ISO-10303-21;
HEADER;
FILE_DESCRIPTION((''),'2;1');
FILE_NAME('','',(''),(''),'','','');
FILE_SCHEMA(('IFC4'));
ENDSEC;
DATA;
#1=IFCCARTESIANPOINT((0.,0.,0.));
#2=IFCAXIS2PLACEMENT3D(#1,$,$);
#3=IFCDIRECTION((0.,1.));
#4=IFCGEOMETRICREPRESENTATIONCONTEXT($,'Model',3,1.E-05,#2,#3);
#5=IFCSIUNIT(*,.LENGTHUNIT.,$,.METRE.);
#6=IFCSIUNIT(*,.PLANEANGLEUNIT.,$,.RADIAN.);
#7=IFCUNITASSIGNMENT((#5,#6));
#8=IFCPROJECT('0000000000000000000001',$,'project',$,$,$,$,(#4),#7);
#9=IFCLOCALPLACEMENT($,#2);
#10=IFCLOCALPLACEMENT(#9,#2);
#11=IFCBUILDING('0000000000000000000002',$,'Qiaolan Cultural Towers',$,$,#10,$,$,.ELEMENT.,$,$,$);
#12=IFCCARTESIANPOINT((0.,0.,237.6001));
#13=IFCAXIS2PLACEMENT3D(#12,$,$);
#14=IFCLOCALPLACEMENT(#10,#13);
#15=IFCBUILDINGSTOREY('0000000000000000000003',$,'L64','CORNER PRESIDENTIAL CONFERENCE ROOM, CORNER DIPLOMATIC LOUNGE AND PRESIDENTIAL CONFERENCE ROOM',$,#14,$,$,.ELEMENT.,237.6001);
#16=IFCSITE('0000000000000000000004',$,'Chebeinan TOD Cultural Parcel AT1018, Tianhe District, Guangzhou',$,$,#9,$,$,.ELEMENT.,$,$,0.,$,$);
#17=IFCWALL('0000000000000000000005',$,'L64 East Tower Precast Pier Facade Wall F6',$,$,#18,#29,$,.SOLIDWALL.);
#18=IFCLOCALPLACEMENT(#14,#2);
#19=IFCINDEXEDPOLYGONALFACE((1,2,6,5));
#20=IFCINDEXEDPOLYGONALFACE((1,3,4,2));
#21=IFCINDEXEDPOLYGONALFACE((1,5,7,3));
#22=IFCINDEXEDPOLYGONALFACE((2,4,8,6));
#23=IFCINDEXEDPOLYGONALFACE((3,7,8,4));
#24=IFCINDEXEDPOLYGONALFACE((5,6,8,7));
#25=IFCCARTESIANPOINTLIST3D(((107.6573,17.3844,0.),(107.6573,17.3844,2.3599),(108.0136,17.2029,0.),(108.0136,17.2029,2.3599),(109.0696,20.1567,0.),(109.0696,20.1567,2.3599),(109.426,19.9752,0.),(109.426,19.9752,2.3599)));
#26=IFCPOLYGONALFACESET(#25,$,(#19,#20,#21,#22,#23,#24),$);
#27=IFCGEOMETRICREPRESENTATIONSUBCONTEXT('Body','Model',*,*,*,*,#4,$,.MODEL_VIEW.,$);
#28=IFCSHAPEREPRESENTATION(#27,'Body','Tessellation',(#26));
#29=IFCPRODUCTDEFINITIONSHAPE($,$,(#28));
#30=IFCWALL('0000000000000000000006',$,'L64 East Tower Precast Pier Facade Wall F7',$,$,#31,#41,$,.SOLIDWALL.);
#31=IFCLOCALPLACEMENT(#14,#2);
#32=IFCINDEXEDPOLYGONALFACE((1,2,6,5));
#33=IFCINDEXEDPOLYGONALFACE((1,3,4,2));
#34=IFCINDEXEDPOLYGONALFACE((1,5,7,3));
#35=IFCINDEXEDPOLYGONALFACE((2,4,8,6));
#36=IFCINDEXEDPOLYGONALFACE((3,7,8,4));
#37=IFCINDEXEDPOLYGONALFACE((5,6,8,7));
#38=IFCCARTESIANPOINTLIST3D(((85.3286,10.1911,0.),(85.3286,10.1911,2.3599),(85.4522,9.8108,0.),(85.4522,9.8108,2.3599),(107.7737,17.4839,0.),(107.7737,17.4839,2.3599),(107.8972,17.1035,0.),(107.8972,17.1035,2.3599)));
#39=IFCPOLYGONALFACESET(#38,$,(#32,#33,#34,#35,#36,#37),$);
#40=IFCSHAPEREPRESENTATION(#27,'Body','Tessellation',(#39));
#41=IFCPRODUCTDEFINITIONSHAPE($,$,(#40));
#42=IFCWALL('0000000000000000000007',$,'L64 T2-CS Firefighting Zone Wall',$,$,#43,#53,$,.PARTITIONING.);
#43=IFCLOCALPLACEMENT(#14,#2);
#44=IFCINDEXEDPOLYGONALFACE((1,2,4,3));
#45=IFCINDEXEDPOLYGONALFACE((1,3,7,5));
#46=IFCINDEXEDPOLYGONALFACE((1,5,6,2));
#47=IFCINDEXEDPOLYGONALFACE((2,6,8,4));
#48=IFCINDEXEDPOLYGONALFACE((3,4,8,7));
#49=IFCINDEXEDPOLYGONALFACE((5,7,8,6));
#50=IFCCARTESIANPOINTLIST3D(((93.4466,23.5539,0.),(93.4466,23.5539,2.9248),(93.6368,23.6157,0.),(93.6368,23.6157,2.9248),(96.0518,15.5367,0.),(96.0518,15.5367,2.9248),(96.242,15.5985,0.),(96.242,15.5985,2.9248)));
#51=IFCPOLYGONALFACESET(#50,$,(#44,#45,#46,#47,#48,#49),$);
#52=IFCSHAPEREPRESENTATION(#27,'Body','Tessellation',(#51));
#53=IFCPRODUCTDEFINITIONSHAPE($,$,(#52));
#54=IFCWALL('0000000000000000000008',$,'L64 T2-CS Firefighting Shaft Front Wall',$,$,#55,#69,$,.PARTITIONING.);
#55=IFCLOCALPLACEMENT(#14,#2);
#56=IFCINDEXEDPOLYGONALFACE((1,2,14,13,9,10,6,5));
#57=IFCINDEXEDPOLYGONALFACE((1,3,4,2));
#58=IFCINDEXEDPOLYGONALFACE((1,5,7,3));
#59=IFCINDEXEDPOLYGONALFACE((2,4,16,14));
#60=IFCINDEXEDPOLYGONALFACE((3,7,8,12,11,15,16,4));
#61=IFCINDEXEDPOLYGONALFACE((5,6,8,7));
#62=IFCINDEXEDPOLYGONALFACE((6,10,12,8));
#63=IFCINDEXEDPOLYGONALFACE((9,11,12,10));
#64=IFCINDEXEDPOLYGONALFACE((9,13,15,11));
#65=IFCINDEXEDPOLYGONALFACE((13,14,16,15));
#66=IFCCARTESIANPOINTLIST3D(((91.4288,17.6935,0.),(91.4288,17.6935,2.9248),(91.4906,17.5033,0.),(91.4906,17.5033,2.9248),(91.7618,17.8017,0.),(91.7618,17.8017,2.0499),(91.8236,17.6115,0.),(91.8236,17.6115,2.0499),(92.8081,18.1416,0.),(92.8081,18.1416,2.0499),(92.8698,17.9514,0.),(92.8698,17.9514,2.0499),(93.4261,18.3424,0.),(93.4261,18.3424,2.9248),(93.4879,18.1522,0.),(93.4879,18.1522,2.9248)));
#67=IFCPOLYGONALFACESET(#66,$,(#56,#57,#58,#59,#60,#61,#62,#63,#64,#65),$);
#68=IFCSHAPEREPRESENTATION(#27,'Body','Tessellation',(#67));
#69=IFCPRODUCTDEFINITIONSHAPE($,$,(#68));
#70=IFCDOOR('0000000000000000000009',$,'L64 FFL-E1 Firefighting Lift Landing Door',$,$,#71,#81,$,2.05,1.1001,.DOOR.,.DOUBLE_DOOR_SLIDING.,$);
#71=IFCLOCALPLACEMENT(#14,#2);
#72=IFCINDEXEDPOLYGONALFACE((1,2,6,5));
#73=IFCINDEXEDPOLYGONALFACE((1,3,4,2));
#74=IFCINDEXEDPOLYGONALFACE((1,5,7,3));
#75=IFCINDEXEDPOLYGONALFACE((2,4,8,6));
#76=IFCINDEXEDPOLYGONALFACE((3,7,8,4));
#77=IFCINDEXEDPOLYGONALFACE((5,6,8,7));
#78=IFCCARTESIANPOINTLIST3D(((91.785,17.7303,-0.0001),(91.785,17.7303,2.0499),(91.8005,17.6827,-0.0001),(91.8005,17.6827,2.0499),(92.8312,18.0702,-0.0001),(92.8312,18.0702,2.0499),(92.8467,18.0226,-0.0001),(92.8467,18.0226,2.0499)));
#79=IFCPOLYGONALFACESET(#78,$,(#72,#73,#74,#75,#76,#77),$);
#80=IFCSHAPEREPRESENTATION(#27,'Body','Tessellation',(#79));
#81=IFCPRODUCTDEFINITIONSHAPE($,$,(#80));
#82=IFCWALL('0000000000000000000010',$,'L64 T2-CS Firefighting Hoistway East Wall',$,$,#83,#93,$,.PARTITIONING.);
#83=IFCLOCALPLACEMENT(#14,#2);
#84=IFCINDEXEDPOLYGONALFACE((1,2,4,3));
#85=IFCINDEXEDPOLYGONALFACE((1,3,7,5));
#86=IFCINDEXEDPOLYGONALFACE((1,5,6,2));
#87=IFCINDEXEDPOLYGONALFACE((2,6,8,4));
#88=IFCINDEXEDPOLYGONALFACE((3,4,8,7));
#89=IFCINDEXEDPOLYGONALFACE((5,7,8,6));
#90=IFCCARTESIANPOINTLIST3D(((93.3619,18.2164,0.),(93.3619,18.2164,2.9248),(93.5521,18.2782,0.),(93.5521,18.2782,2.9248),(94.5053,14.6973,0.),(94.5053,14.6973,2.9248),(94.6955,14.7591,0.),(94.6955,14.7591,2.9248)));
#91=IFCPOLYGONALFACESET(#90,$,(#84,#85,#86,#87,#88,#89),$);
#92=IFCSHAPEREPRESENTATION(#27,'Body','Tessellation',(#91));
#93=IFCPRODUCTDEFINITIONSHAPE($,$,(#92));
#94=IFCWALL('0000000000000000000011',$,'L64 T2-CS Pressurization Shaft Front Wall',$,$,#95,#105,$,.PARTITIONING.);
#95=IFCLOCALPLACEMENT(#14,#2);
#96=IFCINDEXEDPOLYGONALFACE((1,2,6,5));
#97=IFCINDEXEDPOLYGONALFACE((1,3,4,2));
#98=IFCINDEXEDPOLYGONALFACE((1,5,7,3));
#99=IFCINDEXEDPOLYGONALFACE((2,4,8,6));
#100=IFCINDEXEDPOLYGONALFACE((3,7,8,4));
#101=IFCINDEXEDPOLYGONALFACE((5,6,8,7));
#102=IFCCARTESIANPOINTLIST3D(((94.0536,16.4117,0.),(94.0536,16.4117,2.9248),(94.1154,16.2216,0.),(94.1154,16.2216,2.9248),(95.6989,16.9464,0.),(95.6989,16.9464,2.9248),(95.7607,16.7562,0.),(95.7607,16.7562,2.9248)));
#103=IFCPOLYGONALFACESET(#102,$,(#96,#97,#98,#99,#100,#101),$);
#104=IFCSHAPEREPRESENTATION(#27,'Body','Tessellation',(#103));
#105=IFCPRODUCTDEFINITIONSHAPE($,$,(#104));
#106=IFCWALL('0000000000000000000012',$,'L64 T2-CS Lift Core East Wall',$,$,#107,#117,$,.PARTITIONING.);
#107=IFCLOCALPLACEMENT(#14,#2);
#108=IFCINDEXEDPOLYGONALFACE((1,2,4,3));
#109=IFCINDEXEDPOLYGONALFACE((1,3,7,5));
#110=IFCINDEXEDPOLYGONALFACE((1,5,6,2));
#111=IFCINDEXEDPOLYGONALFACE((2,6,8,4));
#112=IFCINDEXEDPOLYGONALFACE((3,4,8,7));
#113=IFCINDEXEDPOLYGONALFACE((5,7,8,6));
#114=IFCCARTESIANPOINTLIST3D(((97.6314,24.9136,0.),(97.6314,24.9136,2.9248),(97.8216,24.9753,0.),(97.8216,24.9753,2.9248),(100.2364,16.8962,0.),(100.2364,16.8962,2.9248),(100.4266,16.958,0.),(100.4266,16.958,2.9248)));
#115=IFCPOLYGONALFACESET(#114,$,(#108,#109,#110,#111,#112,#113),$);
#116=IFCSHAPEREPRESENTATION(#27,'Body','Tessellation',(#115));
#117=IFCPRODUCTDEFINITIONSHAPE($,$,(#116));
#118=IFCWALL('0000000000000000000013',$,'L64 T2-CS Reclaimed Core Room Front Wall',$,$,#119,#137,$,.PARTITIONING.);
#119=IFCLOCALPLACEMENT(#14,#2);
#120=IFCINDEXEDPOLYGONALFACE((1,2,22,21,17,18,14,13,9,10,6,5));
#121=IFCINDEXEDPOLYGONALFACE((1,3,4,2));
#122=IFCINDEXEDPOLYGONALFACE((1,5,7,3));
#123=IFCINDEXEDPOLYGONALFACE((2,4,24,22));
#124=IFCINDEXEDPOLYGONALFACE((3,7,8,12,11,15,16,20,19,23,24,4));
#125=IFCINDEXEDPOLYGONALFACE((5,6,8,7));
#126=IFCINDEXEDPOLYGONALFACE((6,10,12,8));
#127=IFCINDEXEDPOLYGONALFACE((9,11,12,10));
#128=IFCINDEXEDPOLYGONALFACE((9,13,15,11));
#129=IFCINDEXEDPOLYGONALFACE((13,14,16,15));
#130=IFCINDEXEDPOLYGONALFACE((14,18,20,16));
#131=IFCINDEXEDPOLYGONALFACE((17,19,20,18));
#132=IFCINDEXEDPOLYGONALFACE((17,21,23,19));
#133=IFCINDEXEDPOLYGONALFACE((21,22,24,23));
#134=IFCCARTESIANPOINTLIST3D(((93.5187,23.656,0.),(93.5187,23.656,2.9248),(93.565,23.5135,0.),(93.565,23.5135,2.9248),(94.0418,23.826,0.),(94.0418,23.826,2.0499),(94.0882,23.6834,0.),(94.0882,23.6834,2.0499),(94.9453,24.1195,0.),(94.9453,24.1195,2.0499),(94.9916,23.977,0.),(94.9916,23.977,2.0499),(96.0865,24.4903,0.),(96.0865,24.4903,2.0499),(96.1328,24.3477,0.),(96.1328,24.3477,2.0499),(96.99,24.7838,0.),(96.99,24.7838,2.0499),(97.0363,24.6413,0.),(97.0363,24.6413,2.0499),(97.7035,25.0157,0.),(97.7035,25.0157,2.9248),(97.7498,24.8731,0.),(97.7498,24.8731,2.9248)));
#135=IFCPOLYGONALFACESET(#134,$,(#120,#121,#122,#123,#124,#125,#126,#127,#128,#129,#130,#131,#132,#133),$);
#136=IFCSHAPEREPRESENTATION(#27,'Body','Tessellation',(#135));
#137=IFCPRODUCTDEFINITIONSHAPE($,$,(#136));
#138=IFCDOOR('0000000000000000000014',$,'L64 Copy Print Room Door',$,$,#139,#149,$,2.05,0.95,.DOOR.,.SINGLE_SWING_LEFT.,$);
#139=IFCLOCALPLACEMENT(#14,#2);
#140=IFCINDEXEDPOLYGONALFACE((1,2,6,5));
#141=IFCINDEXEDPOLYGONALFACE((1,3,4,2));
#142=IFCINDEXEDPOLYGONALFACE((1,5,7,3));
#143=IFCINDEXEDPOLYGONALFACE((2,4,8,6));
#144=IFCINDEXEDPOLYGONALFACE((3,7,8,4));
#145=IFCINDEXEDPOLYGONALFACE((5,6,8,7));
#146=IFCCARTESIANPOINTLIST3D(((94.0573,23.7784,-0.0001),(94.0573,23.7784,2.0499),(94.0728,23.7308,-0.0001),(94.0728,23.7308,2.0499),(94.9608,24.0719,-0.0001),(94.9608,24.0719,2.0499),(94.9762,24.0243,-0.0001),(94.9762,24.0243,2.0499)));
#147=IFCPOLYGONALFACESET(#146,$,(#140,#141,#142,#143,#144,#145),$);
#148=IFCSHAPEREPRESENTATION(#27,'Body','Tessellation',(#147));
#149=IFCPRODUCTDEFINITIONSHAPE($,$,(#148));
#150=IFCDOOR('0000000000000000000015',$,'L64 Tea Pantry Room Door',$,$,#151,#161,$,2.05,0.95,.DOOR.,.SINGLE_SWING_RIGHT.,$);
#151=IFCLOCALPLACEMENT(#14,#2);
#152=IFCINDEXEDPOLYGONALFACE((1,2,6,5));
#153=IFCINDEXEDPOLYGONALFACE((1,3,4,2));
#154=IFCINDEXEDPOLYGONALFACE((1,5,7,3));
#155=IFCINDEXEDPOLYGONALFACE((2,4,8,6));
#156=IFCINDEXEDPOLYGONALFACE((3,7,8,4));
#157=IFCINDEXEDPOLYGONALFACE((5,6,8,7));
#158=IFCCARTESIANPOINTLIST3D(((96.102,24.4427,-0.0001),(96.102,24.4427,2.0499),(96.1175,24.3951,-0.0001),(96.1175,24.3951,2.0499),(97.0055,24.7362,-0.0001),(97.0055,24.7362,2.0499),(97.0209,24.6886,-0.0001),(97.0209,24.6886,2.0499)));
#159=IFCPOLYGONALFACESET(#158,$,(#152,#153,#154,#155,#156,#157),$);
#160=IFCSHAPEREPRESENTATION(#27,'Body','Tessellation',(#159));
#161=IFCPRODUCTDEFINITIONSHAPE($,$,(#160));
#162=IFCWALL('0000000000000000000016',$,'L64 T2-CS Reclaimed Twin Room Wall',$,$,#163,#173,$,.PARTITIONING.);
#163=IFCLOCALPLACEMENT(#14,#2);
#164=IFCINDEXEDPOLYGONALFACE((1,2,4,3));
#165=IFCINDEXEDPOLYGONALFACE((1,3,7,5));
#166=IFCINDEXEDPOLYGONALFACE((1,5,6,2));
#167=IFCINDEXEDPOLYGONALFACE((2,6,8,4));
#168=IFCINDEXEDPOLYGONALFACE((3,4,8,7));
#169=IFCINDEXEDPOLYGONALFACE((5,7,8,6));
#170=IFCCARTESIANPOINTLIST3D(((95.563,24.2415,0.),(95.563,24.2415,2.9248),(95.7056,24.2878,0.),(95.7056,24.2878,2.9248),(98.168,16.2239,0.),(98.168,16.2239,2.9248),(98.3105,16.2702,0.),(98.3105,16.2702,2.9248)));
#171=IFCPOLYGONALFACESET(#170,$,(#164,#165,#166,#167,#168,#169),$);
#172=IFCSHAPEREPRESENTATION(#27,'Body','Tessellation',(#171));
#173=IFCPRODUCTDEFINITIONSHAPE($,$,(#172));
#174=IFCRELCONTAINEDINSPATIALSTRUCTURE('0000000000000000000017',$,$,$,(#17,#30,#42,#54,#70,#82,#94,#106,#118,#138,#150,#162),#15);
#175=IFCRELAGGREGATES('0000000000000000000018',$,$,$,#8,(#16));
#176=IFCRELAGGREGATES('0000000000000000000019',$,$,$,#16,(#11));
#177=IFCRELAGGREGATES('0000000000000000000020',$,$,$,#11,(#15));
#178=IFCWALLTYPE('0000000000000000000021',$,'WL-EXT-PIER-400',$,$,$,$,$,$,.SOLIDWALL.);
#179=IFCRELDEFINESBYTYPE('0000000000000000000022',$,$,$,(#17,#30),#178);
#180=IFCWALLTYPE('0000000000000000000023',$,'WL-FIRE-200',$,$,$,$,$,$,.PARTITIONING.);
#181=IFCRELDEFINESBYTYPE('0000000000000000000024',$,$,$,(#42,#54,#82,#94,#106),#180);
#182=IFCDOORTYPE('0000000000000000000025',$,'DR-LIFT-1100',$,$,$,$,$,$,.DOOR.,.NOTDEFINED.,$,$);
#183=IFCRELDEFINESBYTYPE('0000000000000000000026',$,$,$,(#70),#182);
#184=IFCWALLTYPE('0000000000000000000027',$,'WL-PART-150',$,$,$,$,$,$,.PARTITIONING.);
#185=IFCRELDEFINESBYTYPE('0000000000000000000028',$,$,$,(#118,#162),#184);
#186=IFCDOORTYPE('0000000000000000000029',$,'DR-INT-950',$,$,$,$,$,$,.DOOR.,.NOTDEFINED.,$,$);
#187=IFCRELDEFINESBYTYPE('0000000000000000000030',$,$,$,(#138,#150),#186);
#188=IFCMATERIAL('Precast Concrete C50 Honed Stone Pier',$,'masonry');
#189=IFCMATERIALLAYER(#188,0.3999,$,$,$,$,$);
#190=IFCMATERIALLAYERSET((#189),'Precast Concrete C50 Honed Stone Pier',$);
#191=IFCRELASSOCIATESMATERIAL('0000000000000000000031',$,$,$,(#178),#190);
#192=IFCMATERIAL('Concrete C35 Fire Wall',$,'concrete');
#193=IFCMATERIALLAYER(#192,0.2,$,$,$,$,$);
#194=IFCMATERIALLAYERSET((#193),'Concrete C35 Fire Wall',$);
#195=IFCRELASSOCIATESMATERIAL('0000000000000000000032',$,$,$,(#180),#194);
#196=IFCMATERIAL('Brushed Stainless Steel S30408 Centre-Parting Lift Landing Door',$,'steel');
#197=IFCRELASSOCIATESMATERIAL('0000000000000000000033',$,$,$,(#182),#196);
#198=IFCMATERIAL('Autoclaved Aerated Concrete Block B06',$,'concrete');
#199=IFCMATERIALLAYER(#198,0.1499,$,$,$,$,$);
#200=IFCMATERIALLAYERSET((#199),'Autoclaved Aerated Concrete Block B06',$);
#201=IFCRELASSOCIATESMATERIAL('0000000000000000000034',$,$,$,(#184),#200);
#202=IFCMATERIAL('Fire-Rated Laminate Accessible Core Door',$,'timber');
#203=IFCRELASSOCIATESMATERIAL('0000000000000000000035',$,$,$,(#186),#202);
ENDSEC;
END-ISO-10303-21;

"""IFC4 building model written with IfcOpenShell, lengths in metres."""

from ifc_helpers import new_model, si_unit, direction, frame, frame_2d, origin, place, context, subcontext, project, spatial, rectangle, extrude, material, layer, layer_set, type_object, element, fill, save


model = new_model("IFC4")

# Units and contexts
model_context = context("Model", 3, precision=1e-05, world=origin(), true_north=direction((0.0, 1.0)))
body_context = subcontext(model_context, "Body", "Model", "MODEL_VIEW")
ifc_project = project(units=[si_unit("LENGTHUNIT", "METRE"), si_unit("PLANEANGLEUNIT", "RADIAN")], contexts=[model_context])

# Site, building, storey
site_placement = place(None, origin())
site = spatial("IfcSite", under=ifc_project, at=site_placement, Name="Chebeinan TOD Cultural Parcel AT1018, Tianhe District, Guangzhou", CompositionType="ELEMENT", RefElevation=0.0)
building_placement = place(site_placement, origin())
building = spatial("IfcBuilding", under=site, at=building_placement, Name="Qiaolan Cultural Towers", CompositionType="ELEMENT")
storey_placement = place(building_placement, frame((0.0, 0.0, 237.6001)))
storey = spatial("IfcBuildingStorey", under=building, at=storey_placement, Name="L64", Description="CORNER PRESIDENTIAL CONFERENCE ROOM, CORNER DIPLOMATIC LOUNGE AND PRESIDENTIAL CONFERENCE ROOM", CompositionType="ELEMENT", Elevation=237.6001)

# Walls
ifc_material_1 = material(Name="Precast Concrete C50 Honed Stone Pier", Category="masonry")
ifc_layer_1 = layer(ifc_material_1, 0.3999)
ifc_layer_set_1 = layer_set([ifc_layer_1], Name="Precast Concrete C50 Honed Stone Pier")
wall_type_1 = type_object("IfcWallType", Name="WL-EXT-PIER-400", PredefinedType="SOLIDWALL", material=ifc_layer_set_1)
wall_1_placement = place(storey_placement, frame((109.2478, 20.0659, 0.0), z_axis=(0.0, 0.0, 1.0), x_axis=(-0.453949, -0.891028, 0.0)))
element("IfcWall", 1, at=wall_1_placement, inside=storey, type_object=wall_type_1, Name="L64 East Tower Precast Pier Facade Wall F6", PredefinedType="SOLIDWALL", context=body_context, shape_type="SweptSolid", body=[
    extrude(rectangle(XDim=3.1113, YDim=0.3999, at=frame_2d((1.5557, 0.0))), origin(), (0.0, 0.0, 1.0), 2.3599),
])
wall_2_placement = place(storey_placement, frame((107.8354, 17.2937, 0.0), z_axis=(0.0, 0.0, 1.0), x_axis=(-0.951058, -0.309012, 0.0)))
element("IfcWall", 2, at=wall_2_placement, inside=storey, type_object=wall_type_1, Name="L64 East Tower Precast Pier Facade Wall F7", PredefinedType="SOLIDWALL", context=body_context, shape_type="SweptSolid", body=[
    extrude(rectangle(XDim=23.6001, YDim=0.3999, at=frame_2d((11.8, 0.0))), origin(), (0.0, 0.0, 1.0), 2.3599),
])
ifc_material_2 = material(Name="Concrete C35 Fire Wall", Category="concrete")
ifc_layer_2 = layer(ifc_material_2, 0.2)
ifc_layer_set_2 = layer_set([ifc_layer_2], Name="Concrete C35 Fire Wall")
wall_type_2 = type_object("IfcWallType", Name="WL-FIRE-200", PredefinedType="PARTITIONING", material=ifc_layer_set_2)
wall_3_placement = place(storey_placement, frame((93.5417, 23.5847, 0.0), z_axis=(0.0, 0.0, 1.0), x_axis=(0.309042, -0.951048, 0.0)))
element("IfcWall", 3, at=wall_3_placement, inside=storey, type_object=wall_type_2, Name="L64 T2-CS Firefighting Zone Wall", PredefinedType="PARTITIONING", context=body_context, shape_type="SweptSolid", body=[
    extrude(rectangle(XDim=8.4299, YDim=0.2, at=frame_2d((4.2148, 0.0))), origin(), (0.0, 0.0, 1.0), 2.9248),
])

# Wall, opening, door
wall_4_placement = place(storey_placement, frame((91.4597, 17.5984, 0.0), z_axis=(0.0, 0.0, 1.0), x_axis=(0.951062, 0.308999, 0.0)))
wall_4 = element("IfcWall", 4, at=wall_4_placement, inside=storey, type_object=wall_type_2, Name="L64 T2-CS Firefighting Shaft Front Wall", PredefinedType="PARTITIONING", context=body_context, shape_type="SweptSolid", body=[
    extrude(rectangle(XDim=2.1001, YDim=0.2, at=frame_2d((1.05, 0.0))), origin(), (0.0, 0.0, 1.0), 2.9248),
])
opening_1_placement = place(wall_4_placement, frame((0.3501, 0.0, 0.0)))
opening_1 = element("IfcOpeningElement", 5, at=opening_1_placement, cuts=wall_4, PredefinedType="OPENING", context=body_context, shape_type="SweptSolid", body=[
    extrude(rectangle(XDim=1.1001, YDim=2.05, at=frame_2d((0.55, 1.0249))), frame((0.0, 0.1099, 0.0), z_axis=(0.0, -1.0, 0.0), x_axis=(1.0, 0.0, 0.0)), (0.0, 0.0, 1.0), 0.22),
])
ifc_material_3 = material(Name="Brushed Stainless Steel S30408 Centre-Parting Lift Landing Door", Category="steel")
door_type_1 = type_object("IfcDoorType", Name="DR-LIFT-1100", OperationType="NOTDEFINED", PredefinedType="DOOR", material=ifc_material_3)
door_1_placement = place(opening_1_placement, origin())
door_1 = element("IfcDoor", 6, at=door_1_placement, inside=storey, type_object=door_type_1, Name="L64 FFL-E1 Firefighting Lift Landing Door", OperationType="DOUBLE_DOOR_SLIDING", OverallHeight=2.05, OverallWidth=1.1001, PredefinedType="DOOR", context=body_context, shape_type="SweptSolid", body=[
    extrude(rectangle(XDim=1.1001, YDim=2.05, at=frame_2d((0.55, 1.0249))), frame((0.0, 0.0249, 0.0), z_axis=(0.0, -1.0, 0.0), x_axis=(1.0, 0.0, 0.0)), (0.0, 0.0, 1.0), 0.05),
])
fill(opening_1, door_1)

# Walls
wall_5_placement = place(storey_placement, frame((93.457, 18.2473, 0.0), z_axis=(0.0, 0.0, 1.0), x_axis=(0.308994, -0.951064, 0.0)))
element("IfcWall", 7, at=wall_5_placement, inside=storey, type_object=wall_type_2, Name="L64 T2-CS Firefighting Hoistway East Wall", PredefinedType="PARTITIONING", context=body_context, shape_type="SweptSolid", body=[
    extrude(rectangle(XDim=3.7002, YDim=0.2, at=frame_2d((1.8501, 0.0))), origin(), (0.0, 0.0, 1.0), 2.9248),
])
wall_6_placement = place(storey_placement, frame((94.0845, 16.3167, 0.0), z_axis=(0.0, 0.0, 1.0), x_axis=(0.951041, 0.309064, 0.0)))
element("IfcWall", 8, at=wall_6_placement, inside=storey, type_object=wall_type_2, Name="L64 T2-CS Pressurization Shaft Front Wall", PredefinedType="PARTITIONING", context=body_context, shape_type="SweptSolid", body=[
    extrude(rectangle(XDim=1.73, YDim=0.2, at=frame_2d((0.865, 0.0))), origin(), (0.0, 0.0, 1.0), 2.9248),
])
wall_7_placement = place(storey_placement, frame((97.7266, 24.9443, 0.0), z_axis=(0.0, 0.0, 1.0), x_axis=(0.309016, -0.951057, 0.0)))
element("IfcWall", 9, at=wall_7_placement, inside=storey, type_object=wall_type_2, Name="L64 T2-CS Lift Core East Wall", PredefinedType="PARTITIONING", context=body_context, shape_type="SweptSolid", body=[
    extrude(rectangle(XDim=8.4299, YDim=0.2, at=frame_2d((4.2148, 0.0))), origin(), (0.0, 0.0, 1.0), 2.9248),
])

# Wall, openings, doors
ifc_material_4 = material(Name="Autoclaved Aerated Concrete Block B06", Category="concrete")
ifc_layer_3 = layer(ifc_material_4, 0.1499)
ifc_layer_set_3 = layer_set([ifc_layer_3], Name="Autoclaved Aerated Concrete Block B06")
wall_type_3 = type_object("IfcWallType", Name="WL-PART-150", PredefinedType="PARTITIONING", material=ifc_layer_set_3)
wall_8_placement = place(storey_placement, frame((93.5417, 23.5847, 0.0), z_axis=(0.0, 0.0, 1.0), x_axis=(0.951064, 0.308994, 0.0)))
wall_8 = element("IfcWall", 10, at=wall_8_placement, inside=storey, type_object=wall_type_3, Name="L64 T2-CS Reclaimed Core Room Front Wall", PredefinedType="PARTITIONING", context=body_context, shape_type="SweptSolid", body=[
    extrude(rectangle(XDim=4.4001, YDim=0.1499, at=frame_2d((2.2002, 0.0))), origin(), (0.0, 0.0, 1.0), 2.9248),
])
opening_2_placement = place(wall_8_placement, frame((0.55, 0.0, 0.0)))
opening_2 = element("IfcOpeningElement", 11, at=opening_2_placement, cuts=wall_8, PredefinedType="OPENING", context=body_context, shape_type="SweptSolid", body=[
    extrude(rectangle(XDim=0.95, YDim=2.05, at=frame_2d((0.4751, 1.0249))), frame((0.0, 0.085, 0.0), z_axis=(0.0, -1.0, 0.0), x_axis=(1.0, 0.0, 0.0)), (0.0, 0.0, 1.0), 0.1699),
])
opening_3_placement = place(wall_8_placement, frame((2.7, 0.0, 0.0)))
opening_3 = element("IfcOpeningElement", 12, at=opening_3_placement, cuts=wall_8, PredefinedType="OPENING", context=body_context, shape_type="SweptSolid", body=[
    extrude(rectangle(XDim=0.95, YDim=2.05, at=frame_2d((0.4751, 1.0249))), frame((0.0, 0.085, 0.0), z_axis=(0.0, -1.0, 0.0), x_axis=(1.0, 0.0, 0.0)), (0.0, 0.0, 1.0), 0.1699),
])
ifc_material_5 = material(Name="Fire-Rated Laminate Accessible Core Door", Category="timber")
door_type_2 = type_object("IfcDoorType", Name="DR-INT-950", OperationType="NOTDEFINED", PredefinedType="DOOR", material=ifc_material_5)
door_2_placement = place(opening_2_placement, origin())
door_2 = element("IfcDoor", 13, at=door_2_placement, inside=storey, type_object=door_type_2, Name="L64 Copy Print Room Door", OperationType="SINGLE_SWING_LEFT", OverallHeight=2.05, OverallWidth=0.95, PredefinedType="DOOR", context=body_context, shape_type="SweptSolid", body=[
    extrude(rectangle(XDim=0.95, YDim=2.05, at=frame_2d((0.4751, 1.0249))), frame((0.0, 0.0249, 0.0), z_axis=(0.0, -1.0, 0.0), x_axis=(1.0, 0.0, 0.0)), (0.0, 0.0, 1.0), 0.05),
])
fill(opening_2, door_2)
door_3_placement = place(opening_3_placement, origin())
door_3 = element("IfcDoor", 14, at=door_3_placement, inside=storey, type_object=door_type_2, Name="L64 Tea Pantry Room Door", OperationType="SINGLE_SWING_RIGHT", OverallHeight=2.05, OverallWidth=0.95, PredefinedType="DOOR", context=body_context, shape_type="SweptSolid", body=[
    extrude(rectangle(XDim=0.95, YDim=2.05, at=frame_2d((0.4751, 1.0249))), frame((0.0, 0.0249, 0.0), z_axis=(0.0, -1.0, 0.0), x_axis=(1.0, 0.0, 0.0)), (0.0, 0.0, 1.0), 0.05),
])
fill(opening_3, door_3)

# Wall
wall_9_placement = place(storey_placement, frame((95.6343, 24.2646, 0.0), z_axis=(0.0, 0.0, 1.0), x_axis=(0.309007, -0.95106, 0.0)))
element("IfcWall", 15, at=wall_9_placement, inside=storey, type_object=wall_type_3, Name="L64 T2-CS Reclaimed Twin Room Wall", PredefinedType="PARTITIONING", context=body_context, shape_type="SweptSolid", body=[
    extrude(rectangle(XDim=8.4302, YDim=0.1499, at=frame_2d((4.2151, 0.0))), origin(), (0.0, 0.0, 1.0), 2.9248),
])

save(model, "model.ifc")
